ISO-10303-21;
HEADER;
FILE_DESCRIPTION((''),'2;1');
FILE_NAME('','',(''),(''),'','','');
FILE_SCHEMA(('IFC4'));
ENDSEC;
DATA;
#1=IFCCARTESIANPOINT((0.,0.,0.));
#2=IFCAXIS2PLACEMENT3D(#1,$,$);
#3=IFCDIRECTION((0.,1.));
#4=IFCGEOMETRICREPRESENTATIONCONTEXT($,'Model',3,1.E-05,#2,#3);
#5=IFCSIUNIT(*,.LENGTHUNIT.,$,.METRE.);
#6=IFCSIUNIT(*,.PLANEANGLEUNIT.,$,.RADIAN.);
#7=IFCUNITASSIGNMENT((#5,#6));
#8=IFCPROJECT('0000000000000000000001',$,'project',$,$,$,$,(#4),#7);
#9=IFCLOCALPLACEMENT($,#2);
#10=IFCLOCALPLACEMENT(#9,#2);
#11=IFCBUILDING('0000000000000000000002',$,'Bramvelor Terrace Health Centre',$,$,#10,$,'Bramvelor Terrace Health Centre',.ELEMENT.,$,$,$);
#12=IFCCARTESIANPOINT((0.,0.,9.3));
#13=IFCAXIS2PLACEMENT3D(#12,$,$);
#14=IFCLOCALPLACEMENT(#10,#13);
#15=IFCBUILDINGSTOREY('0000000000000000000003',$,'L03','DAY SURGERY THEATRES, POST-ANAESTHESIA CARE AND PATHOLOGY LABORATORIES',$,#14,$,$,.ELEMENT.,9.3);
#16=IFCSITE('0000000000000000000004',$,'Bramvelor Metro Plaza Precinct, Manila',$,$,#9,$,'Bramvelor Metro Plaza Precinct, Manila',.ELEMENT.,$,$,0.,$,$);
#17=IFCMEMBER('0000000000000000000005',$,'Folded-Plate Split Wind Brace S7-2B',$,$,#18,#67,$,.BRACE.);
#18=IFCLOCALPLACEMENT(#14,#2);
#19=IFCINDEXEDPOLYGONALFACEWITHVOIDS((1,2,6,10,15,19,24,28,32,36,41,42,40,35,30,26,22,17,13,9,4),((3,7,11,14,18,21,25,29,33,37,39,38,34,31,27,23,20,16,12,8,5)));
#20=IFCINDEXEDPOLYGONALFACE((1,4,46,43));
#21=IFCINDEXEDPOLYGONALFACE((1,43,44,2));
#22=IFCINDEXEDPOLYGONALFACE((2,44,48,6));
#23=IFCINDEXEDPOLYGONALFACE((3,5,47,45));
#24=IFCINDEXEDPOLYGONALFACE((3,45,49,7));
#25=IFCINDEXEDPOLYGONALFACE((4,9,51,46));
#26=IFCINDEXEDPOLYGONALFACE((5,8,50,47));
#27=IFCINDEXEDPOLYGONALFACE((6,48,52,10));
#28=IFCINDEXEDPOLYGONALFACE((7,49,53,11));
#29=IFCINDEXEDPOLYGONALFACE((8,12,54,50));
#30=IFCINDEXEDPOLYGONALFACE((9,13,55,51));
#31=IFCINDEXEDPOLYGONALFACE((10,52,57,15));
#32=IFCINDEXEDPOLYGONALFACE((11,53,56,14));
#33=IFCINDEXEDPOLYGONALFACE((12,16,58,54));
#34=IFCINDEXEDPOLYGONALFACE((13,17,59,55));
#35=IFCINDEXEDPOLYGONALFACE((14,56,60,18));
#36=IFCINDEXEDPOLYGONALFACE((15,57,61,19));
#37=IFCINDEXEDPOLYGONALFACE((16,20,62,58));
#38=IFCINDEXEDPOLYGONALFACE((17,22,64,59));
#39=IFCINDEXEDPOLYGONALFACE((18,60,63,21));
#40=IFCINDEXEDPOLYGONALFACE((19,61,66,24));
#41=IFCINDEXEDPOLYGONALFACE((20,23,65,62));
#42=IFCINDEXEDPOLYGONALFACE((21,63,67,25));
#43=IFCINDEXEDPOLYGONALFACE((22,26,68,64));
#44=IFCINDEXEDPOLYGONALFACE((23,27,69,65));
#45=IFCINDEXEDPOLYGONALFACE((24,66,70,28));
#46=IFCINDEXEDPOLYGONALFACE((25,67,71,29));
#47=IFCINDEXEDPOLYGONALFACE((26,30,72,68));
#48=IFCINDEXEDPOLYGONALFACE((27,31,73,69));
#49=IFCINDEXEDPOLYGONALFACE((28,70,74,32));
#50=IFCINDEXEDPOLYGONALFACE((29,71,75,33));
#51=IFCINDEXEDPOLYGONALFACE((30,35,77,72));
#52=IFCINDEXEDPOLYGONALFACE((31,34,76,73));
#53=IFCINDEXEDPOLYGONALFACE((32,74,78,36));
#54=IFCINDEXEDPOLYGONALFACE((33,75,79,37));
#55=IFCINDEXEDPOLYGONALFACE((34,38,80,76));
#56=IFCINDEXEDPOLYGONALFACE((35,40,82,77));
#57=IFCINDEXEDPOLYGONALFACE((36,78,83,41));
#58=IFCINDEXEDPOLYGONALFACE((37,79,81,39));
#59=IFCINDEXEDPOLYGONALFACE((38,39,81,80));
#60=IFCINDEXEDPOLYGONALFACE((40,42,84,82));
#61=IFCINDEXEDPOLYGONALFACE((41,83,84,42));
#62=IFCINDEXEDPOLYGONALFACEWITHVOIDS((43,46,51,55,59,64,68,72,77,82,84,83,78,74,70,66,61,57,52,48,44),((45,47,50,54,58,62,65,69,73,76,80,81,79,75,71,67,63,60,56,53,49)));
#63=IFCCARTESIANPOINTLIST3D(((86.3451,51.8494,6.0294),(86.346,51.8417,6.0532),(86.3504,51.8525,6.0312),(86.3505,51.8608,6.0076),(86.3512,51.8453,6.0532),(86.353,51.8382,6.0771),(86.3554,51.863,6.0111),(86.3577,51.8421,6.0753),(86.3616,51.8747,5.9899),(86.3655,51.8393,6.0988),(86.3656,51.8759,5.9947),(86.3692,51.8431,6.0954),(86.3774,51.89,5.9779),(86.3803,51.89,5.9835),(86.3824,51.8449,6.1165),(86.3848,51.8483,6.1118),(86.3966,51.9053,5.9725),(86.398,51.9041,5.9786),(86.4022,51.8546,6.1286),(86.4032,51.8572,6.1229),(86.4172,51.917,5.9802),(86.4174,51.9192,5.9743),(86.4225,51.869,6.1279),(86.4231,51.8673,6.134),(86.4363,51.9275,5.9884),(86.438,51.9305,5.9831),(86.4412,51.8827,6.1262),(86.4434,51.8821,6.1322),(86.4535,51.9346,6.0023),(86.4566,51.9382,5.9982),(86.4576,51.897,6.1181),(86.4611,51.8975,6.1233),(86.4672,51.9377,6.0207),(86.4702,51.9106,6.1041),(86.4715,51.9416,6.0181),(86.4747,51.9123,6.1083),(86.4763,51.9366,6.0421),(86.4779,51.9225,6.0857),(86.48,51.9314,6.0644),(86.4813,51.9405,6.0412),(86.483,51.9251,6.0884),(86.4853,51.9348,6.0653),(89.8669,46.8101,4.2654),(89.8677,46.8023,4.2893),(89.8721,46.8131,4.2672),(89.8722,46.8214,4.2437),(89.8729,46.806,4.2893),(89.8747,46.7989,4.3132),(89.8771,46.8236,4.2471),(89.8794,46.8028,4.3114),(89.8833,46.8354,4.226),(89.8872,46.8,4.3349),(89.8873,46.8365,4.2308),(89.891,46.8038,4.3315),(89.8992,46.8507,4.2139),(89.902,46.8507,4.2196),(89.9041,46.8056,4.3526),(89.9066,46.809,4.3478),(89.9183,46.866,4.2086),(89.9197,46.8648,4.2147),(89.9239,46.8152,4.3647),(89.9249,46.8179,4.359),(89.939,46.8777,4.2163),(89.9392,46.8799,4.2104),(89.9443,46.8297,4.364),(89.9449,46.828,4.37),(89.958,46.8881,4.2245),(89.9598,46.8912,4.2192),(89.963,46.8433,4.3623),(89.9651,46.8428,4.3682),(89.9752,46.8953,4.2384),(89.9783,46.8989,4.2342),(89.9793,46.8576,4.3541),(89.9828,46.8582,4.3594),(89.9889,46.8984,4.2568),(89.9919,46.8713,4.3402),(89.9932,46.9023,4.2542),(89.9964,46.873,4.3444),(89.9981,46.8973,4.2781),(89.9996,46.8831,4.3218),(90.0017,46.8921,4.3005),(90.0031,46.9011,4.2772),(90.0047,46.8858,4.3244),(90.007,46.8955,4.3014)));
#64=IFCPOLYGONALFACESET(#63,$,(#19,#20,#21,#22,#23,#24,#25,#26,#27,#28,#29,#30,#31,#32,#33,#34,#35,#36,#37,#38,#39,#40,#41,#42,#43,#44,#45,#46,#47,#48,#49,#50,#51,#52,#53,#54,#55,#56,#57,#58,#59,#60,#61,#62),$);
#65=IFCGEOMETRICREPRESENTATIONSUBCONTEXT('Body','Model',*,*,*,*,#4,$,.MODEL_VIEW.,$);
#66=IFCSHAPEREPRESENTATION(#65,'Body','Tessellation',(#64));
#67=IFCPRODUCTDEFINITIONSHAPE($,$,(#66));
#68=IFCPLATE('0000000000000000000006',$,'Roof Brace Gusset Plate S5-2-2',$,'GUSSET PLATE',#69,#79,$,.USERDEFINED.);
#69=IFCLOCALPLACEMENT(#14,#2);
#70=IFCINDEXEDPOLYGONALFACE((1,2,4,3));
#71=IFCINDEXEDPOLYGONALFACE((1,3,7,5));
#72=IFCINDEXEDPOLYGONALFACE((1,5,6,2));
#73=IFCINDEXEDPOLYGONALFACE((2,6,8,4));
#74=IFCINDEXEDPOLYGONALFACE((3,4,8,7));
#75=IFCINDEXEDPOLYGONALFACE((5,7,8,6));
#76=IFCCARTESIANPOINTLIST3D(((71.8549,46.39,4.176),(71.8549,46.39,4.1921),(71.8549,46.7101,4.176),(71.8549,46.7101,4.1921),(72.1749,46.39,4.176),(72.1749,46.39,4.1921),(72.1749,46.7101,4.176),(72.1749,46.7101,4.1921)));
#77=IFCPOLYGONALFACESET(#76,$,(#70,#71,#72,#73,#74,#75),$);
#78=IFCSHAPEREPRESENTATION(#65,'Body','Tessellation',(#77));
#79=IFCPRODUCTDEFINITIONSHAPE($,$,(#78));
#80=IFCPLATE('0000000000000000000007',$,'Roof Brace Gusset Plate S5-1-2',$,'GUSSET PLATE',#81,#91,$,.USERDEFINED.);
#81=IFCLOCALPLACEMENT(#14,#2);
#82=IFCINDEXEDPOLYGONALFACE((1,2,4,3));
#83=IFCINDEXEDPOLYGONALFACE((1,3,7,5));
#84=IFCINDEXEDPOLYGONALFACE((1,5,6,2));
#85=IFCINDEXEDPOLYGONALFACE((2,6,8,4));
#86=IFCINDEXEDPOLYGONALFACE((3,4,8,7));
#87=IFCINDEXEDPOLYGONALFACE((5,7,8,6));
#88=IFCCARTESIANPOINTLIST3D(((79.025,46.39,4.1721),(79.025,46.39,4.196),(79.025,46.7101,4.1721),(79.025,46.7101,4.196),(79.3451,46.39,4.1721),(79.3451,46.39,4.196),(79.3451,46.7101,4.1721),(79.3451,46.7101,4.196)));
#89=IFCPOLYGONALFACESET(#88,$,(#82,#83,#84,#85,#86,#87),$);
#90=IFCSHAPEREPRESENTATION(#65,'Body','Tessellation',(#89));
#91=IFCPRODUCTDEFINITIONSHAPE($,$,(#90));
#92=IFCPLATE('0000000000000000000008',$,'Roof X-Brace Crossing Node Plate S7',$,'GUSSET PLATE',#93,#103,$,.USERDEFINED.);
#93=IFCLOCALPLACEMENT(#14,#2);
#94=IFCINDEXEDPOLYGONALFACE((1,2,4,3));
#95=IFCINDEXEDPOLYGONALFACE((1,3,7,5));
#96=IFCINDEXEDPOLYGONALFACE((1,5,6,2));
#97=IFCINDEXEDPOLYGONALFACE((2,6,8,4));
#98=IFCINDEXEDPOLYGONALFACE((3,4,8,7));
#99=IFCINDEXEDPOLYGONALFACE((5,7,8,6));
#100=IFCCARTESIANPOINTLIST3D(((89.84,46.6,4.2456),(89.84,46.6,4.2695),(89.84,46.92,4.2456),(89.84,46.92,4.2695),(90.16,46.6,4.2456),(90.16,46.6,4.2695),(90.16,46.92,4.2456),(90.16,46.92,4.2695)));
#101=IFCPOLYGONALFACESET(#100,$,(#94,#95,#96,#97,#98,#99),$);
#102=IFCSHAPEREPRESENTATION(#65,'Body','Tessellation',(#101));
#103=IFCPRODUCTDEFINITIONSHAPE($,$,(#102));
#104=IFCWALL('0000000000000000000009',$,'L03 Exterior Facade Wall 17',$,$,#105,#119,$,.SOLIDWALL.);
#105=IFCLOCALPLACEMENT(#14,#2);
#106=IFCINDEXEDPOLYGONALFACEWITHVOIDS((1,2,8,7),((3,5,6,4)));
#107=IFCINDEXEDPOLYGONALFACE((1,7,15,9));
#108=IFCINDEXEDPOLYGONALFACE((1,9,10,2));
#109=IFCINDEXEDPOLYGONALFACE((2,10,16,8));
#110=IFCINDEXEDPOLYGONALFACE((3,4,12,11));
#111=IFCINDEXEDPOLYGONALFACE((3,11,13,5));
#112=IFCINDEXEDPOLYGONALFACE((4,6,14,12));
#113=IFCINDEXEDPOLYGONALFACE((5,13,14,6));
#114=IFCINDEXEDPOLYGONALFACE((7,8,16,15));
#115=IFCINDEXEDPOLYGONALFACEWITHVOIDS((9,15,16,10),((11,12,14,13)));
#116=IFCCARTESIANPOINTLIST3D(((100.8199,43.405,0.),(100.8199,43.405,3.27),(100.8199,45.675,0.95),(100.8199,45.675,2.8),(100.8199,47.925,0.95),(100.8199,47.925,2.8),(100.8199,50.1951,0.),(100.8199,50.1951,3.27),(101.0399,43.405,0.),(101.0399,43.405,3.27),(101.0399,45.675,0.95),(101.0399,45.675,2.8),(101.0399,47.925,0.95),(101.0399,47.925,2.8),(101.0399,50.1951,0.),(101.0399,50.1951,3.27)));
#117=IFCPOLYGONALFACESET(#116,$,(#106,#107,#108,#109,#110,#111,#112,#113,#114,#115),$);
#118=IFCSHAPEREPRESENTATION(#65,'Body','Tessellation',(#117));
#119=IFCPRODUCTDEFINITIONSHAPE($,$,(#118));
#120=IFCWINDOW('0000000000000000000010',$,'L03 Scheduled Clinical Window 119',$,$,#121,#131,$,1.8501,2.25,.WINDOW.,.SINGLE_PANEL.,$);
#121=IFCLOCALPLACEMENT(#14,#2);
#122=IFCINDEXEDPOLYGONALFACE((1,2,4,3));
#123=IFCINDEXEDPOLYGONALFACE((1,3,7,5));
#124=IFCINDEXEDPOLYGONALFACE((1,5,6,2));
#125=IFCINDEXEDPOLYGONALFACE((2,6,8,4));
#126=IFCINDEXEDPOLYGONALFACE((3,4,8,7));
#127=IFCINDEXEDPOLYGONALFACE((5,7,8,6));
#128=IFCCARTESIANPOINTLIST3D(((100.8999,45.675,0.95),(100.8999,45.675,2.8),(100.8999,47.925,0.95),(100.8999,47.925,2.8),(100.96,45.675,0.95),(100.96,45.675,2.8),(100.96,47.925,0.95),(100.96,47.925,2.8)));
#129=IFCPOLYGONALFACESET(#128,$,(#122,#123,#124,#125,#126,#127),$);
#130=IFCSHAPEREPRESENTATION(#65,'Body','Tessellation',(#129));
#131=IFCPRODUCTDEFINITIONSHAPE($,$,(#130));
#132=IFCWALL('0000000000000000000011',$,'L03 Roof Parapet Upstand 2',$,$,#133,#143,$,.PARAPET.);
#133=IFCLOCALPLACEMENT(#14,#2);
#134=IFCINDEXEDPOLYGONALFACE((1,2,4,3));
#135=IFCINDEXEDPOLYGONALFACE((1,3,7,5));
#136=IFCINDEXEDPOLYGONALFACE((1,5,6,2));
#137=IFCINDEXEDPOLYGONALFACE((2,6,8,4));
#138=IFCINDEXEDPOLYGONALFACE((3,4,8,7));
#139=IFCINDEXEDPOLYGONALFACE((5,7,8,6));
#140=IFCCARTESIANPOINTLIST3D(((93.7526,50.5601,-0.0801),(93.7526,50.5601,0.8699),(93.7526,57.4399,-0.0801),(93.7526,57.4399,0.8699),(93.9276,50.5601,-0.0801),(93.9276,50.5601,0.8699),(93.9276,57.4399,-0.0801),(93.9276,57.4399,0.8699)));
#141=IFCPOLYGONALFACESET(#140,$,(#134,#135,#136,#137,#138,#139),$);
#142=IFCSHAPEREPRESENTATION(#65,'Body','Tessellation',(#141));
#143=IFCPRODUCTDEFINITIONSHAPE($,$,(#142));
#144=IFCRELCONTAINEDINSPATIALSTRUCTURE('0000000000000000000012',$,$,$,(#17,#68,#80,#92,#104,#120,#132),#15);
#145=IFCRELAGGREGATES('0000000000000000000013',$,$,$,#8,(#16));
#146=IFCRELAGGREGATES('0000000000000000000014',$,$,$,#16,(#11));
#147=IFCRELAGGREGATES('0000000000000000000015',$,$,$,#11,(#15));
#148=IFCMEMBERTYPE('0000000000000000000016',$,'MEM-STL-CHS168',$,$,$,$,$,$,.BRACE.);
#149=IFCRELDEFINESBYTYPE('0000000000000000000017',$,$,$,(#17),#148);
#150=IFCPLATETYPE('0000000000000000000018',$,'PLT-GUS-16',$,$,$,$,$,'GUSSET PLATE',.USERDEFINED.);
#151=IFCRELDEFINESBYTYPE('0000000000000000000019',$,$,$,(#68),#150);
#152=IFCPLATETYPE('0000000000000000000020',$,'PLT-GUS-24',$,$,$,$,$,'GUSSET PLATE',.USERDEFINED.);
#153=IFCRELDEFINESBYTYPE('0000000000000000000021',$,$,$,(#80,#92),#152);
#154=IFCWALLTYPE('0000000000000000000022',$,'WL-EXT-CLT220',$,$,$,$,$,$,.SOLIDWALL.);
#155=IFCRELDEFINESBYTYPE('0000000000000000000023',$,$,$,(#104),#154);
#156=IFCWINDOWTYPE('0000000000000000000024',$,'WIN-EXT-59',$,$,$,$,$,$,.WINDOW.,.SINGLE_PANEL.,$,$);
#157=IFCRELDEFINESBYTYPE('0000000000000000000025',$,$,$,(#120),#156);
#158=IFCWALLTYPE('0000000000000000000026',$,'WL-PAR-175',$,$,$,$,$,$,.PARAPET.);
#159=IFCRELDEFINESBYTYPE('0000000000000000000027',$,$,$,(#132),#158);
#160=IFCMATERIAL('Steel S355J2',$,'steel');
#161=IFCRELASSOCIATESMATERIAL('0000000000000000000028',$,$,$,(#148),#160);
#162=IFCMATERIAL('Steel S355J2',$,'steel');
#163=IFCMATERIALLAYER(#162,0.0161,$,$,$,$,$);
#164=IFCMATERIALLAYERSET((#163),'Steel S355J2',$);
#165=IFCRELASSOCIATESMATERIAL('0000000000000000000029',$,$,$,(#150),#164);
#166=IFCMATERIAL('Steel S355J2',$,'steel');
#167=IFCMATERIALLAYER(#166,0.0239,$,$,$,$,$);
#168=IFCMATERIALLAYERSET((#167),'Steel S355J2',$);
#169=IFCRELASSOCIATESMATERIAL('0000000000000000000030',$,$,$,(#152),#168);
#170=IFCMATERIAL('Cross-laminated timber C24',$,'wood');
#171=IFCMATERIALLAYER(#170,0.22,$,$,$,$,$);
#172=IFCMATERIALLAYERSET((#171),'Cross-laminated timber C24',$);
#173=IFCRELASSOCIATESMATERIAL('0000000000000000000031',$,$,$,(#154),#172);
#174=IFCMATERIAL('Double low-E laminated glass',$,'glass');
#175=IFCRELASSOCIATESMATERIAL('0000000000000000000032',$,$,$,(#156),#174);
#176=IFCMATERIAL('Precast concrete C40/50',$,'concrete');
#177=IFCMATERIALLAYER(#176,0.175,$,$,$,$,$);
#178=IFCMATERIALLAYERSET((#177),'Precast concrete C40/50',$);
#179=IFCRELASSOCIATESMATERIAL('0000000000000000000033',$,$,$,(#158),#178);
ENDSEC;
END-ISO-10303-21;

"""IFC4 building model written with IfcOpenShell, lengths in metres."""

from ifc_helpers import new_model, si_unit, direction, frame, frame_2d, origin, origin_2d, place, context, subcontext, project, spatial, rectangle, hollow_circle, extrude, material, layer, layer_set, material_profile, profile_set, type_object, element, fill, save


model = new_model("IFC4")

# Units and contexts
model_context = context("Model", 3, precision=1e-05, world=origin(), true_north=direction((0.0, 1.0)))
body_context = subcontext(model_context, "Body", "Model", "MODEL_VIEW")
ifc_project = project(units=[si_unit("LENGTHUNIT", "METRE"), si_unit("PLANEANGLEUNIT", "RADIAN")], contexts=[model_context])

# Site, building, storey
site_placement = place(None, origin())
site = spatial("IfcSite", under=ifc_project, at=site_placement, Name="Bramvelor Metro Plaza Precinct, Manila", LongName="Bramvelor Metro Plaza Precinct, Manila", CompositionType="ELEMENT", RefElevation=0.0)
building_placement = place(site_placement, origin())
building = spatial("IfcBuilding", under=site, at=building_placement, Name="Bramvelor Terrace Health Centre", LongName="Bramvelor Terrace Health Centre", CompositionType="ELEMENT")
storey_placement = place(building_placement, frame((0.0, 0.0, 9.3)))
storey = spatial("IfcBuildingStorey", under=building, at=storey_placement, Name="L03", Description="DAY SURGERY THEATRES, POST-ANAESTHESIA CARE AND PATHOLOGY LABORATORIES", CompositionType="ELEMENT", Elevation=9.3)

# Member
ifc_material_1 = material(Name="Steel S355J2", Category="steel")
ifc_material_profile_1 = material_profile(ifc_material_1, hollow_circle(Radius=0.0842, WallThickness=0.0063, at=origin_2d()), Name="CHS 168.3x6.3")
ifc_profile_set_1 = profile_set([ifc_material_profile_1], Name="Steel S355J2")
member_type_1 = type_object("IfcMemberType", Name="MEM-STL-CHS168", PredefinedType="BRACE", material=ifc_profile_set_1)
member_1_placement = place(storey_placement, frame((89.9368, 46.8506, 4.2893), z_axis=(-0.550616, 0.787886, 0.275785), x_axis=(-0.819674, -0.572831, 0.0)))
element("IfcMember", 1, at=member_1_placement, inside=storey, type_object=member_type_1, Name="Folded-Plate Split Wind Brace S7-2B", PredefinedType="BRACE", context=body_context, shape_type="SweptSolid", body=[
    extrude(hollow_circle(Radius=0.0842, WallThickness=0.0063, at=origin_2d()), origin(), (0.0, 0.0, 1.0), 6.396),
])

# Plates
ifc_material_2 = material(Name="Steel S355J2", Category="steel")
ifc_layer_1 = layer(ifc_material_2, 0.0161)
ifc_layer_set_1 = layer_set([ifc_layer_1], Name="Steel S355J2")
plate_type_1 = type_object("IfcPlateType", Name="PLT-GUS-16", ElementType="GUSSET PLATE", PredefinedType="USERDEFINED", material=ifc_layer_set_1)
plate_placement = place(storey_placement, frame((72.0149, 46.55, 4.176), z_axis=(0.0, 0.0, 1.0), x_axis=(1.0, 0.0, 0.0)))
element("IfcPlate", 2, at=plate_placement, inside=storey, type_object=plate_type_1, Name="Roof Brace Gusset Plate S5-2-2", ObjectType="GUSSET PLATE", PredefinedType="USERDEFINED", context=body_context, shape_type="SweptSolid", body=[
    extrude(rectangle(XDim=0.3201, YDim=0.3201, at=origin_2d()), origin(), (0.0, 0.0, 1.0), 0.0161),
])
ifc_material_3 = material(Name="Steel S355J2", Category="steel")
ifc_layer_2 = layer(ifc_material_3, 0.0239)
ifc_layer_set_2 = layer_set([ifc_layer_2], Name="Steel S355J2")
plate_type_2 = type_object("IfcPlateType", Name="PLT-GUS-24", ElementType="GUSSET PLATE", PredefinedType="USERDEFINED", material=ifc_layer_set_2)
for number, where, z_axis, x_axis, name in (
    (3, (79.1851, 46.55, 4.1721), (0.0, 0.0, 1.0), (1.0, 0.0, 0.0), "Roof Brace Gusset Plate S5-1-2"),
    (4, (90.0, 46.76, 4.2456), (0.0, 0.0, 1.0), (1.0, 0.0, 0.0), "Roof X-Brace Crossing Node Plate S7"),
):
    element("IfcPlate", number, at=place(storey_placement, frame(where, z_axis=z_axis, x_axis=x_axis)), inside=storey, type_object=plate_type_2, Name=name, ObjectType="GUSSET PLATE", PredefinedType="USERDEFINED", context=body_context, shape_type="SweptSolid", body=[
        extrude(rectangle(XDim=0.3201, YDim=0.3201, at=origin_2d()), origin(), (0.0, 0.0, 1.0), 0.0239),
    ])

# Wall, opening, window
ifc_material_4 = material(Name="Cross-laminated timber C24", Category="wood")
ifc_layer_3 = layer(ifc_material_4, 0.22)
ifc_layer_set_3 = layer_set([ifc_layer_3], Name="Cross-laminated timber C24")
wall_type_1 = type_object("IfcWallType", Name="WL-EXT-CLT220", PredefinedType="SOLIDWALL", material=ifc_layer_set_3)
wall_1_placement = place(storey_placement, frame((100.9299, 43.405, 0.0), z_axis=(0.0, 0.0, 1.0), x_axis=(0.0, 1.0, 0.0)))
wall_1 = element("IfcWall", 5, at=wall_1_placement, inside=storey, type_object=wall_type_1, Name="L03 Exterior Facade Wall 17", PredefinedType="SOLIDWALL", context=body_context, shape_type="SweptSolid", body=[
    extrude(rectangle(XDim=6.79, YDim=0.22, at=frame_2d((3.395, 0.0))), origin(), (0.0, 0.0, 1.0), 3.27),
])
opening_placement = place(wall_1_placement, frame((2.27, 0.0, 0.95)))
opening = element("IfcOpeningElement", 6, at=opening_placement, cuts=wall_1, PredefinedType="OPENING", context=body_context, shape_type="SweptSolid", body=[
    extrude(rectangle(XDim=2.25, YDim=1.8501, at=frame_2d((1.125, 0.925))), frame((0.0, 0.1199, 0.0), z_axis=(0.0, -1.0, 0.0), x_axis=(1.0, 0.0, 0.0)), (0.0, 0.0, 1.0), 0.24),
])
ifc_material_5 = material(Name="Double low-E laminated glass", Category="glass")
window_type = type_object("IfcWindowType", Name="WIN-EXT-59", PartitioningType="SINGLE_PANEL", PredefinedType="WINDOW", material=ifc_material_5)
window_placement = place(opening_placement, origin())
window = element("IfcWindow", 7, at=window_placement, inside=storey, type_object=window_type, Name="L03 Scheduled Clinical Window 119", OverallHeight=1.8501, OverallWidth=2.25, PartitioningType="SINGLE_PANEL", PredefinedType="WINDOW", context=body_context, shape_type="SweptSolid", body=[
    extrude(rectangle(XDim=2.25, YDim=1.8501, at=frame_2d((1.125, 0.925))), frame((0.0, 0.03, 0.0), z_axis=(0.0, -1.0, 0.0), x_axis=(1.0, 0.0, 0.0)), (0.0, 0.0, 1.0), 0.0601),
])
fill(opening, window)

# Wall
ifc_material_6 = material(Name="Precast concrete C40/50", Category="concrete")
ifc_layer_4 = layer(ifc_material_6, 0.175)
ifc_layer_set_4 = layer_set([ifc_layer_4], Name="Precast concrete C40/50")
wall_type_2 = type_object("IfcWallType", Name="WL-PAR-175", PredefinedType="PARAPET", material=ifc_layer_set_4)
wall_2_placement = place(storey_placement, frame((93.8401, 50.5601, -0.0801), z_axis=(0.0, 0.0, 1.0), x_axis=(0.0, 1.0, 0.0)))
element("IfcWall", 8, at=wall_2_placement, inside=storey, type_object=wall_type_2, Name="L03 Roof Parapet Upstand 2", PredefinedType="PARAPET", context=body_context, shape_type="SweptSolid", body=[
    extrude(rectangle(XDim=6.8799, YDim=0.175, at=frame_2d((3.4399, 0.0))), origin(), (0.0, 0.0, 1.0), 0.95),
])

save(model, "model.ifc")
